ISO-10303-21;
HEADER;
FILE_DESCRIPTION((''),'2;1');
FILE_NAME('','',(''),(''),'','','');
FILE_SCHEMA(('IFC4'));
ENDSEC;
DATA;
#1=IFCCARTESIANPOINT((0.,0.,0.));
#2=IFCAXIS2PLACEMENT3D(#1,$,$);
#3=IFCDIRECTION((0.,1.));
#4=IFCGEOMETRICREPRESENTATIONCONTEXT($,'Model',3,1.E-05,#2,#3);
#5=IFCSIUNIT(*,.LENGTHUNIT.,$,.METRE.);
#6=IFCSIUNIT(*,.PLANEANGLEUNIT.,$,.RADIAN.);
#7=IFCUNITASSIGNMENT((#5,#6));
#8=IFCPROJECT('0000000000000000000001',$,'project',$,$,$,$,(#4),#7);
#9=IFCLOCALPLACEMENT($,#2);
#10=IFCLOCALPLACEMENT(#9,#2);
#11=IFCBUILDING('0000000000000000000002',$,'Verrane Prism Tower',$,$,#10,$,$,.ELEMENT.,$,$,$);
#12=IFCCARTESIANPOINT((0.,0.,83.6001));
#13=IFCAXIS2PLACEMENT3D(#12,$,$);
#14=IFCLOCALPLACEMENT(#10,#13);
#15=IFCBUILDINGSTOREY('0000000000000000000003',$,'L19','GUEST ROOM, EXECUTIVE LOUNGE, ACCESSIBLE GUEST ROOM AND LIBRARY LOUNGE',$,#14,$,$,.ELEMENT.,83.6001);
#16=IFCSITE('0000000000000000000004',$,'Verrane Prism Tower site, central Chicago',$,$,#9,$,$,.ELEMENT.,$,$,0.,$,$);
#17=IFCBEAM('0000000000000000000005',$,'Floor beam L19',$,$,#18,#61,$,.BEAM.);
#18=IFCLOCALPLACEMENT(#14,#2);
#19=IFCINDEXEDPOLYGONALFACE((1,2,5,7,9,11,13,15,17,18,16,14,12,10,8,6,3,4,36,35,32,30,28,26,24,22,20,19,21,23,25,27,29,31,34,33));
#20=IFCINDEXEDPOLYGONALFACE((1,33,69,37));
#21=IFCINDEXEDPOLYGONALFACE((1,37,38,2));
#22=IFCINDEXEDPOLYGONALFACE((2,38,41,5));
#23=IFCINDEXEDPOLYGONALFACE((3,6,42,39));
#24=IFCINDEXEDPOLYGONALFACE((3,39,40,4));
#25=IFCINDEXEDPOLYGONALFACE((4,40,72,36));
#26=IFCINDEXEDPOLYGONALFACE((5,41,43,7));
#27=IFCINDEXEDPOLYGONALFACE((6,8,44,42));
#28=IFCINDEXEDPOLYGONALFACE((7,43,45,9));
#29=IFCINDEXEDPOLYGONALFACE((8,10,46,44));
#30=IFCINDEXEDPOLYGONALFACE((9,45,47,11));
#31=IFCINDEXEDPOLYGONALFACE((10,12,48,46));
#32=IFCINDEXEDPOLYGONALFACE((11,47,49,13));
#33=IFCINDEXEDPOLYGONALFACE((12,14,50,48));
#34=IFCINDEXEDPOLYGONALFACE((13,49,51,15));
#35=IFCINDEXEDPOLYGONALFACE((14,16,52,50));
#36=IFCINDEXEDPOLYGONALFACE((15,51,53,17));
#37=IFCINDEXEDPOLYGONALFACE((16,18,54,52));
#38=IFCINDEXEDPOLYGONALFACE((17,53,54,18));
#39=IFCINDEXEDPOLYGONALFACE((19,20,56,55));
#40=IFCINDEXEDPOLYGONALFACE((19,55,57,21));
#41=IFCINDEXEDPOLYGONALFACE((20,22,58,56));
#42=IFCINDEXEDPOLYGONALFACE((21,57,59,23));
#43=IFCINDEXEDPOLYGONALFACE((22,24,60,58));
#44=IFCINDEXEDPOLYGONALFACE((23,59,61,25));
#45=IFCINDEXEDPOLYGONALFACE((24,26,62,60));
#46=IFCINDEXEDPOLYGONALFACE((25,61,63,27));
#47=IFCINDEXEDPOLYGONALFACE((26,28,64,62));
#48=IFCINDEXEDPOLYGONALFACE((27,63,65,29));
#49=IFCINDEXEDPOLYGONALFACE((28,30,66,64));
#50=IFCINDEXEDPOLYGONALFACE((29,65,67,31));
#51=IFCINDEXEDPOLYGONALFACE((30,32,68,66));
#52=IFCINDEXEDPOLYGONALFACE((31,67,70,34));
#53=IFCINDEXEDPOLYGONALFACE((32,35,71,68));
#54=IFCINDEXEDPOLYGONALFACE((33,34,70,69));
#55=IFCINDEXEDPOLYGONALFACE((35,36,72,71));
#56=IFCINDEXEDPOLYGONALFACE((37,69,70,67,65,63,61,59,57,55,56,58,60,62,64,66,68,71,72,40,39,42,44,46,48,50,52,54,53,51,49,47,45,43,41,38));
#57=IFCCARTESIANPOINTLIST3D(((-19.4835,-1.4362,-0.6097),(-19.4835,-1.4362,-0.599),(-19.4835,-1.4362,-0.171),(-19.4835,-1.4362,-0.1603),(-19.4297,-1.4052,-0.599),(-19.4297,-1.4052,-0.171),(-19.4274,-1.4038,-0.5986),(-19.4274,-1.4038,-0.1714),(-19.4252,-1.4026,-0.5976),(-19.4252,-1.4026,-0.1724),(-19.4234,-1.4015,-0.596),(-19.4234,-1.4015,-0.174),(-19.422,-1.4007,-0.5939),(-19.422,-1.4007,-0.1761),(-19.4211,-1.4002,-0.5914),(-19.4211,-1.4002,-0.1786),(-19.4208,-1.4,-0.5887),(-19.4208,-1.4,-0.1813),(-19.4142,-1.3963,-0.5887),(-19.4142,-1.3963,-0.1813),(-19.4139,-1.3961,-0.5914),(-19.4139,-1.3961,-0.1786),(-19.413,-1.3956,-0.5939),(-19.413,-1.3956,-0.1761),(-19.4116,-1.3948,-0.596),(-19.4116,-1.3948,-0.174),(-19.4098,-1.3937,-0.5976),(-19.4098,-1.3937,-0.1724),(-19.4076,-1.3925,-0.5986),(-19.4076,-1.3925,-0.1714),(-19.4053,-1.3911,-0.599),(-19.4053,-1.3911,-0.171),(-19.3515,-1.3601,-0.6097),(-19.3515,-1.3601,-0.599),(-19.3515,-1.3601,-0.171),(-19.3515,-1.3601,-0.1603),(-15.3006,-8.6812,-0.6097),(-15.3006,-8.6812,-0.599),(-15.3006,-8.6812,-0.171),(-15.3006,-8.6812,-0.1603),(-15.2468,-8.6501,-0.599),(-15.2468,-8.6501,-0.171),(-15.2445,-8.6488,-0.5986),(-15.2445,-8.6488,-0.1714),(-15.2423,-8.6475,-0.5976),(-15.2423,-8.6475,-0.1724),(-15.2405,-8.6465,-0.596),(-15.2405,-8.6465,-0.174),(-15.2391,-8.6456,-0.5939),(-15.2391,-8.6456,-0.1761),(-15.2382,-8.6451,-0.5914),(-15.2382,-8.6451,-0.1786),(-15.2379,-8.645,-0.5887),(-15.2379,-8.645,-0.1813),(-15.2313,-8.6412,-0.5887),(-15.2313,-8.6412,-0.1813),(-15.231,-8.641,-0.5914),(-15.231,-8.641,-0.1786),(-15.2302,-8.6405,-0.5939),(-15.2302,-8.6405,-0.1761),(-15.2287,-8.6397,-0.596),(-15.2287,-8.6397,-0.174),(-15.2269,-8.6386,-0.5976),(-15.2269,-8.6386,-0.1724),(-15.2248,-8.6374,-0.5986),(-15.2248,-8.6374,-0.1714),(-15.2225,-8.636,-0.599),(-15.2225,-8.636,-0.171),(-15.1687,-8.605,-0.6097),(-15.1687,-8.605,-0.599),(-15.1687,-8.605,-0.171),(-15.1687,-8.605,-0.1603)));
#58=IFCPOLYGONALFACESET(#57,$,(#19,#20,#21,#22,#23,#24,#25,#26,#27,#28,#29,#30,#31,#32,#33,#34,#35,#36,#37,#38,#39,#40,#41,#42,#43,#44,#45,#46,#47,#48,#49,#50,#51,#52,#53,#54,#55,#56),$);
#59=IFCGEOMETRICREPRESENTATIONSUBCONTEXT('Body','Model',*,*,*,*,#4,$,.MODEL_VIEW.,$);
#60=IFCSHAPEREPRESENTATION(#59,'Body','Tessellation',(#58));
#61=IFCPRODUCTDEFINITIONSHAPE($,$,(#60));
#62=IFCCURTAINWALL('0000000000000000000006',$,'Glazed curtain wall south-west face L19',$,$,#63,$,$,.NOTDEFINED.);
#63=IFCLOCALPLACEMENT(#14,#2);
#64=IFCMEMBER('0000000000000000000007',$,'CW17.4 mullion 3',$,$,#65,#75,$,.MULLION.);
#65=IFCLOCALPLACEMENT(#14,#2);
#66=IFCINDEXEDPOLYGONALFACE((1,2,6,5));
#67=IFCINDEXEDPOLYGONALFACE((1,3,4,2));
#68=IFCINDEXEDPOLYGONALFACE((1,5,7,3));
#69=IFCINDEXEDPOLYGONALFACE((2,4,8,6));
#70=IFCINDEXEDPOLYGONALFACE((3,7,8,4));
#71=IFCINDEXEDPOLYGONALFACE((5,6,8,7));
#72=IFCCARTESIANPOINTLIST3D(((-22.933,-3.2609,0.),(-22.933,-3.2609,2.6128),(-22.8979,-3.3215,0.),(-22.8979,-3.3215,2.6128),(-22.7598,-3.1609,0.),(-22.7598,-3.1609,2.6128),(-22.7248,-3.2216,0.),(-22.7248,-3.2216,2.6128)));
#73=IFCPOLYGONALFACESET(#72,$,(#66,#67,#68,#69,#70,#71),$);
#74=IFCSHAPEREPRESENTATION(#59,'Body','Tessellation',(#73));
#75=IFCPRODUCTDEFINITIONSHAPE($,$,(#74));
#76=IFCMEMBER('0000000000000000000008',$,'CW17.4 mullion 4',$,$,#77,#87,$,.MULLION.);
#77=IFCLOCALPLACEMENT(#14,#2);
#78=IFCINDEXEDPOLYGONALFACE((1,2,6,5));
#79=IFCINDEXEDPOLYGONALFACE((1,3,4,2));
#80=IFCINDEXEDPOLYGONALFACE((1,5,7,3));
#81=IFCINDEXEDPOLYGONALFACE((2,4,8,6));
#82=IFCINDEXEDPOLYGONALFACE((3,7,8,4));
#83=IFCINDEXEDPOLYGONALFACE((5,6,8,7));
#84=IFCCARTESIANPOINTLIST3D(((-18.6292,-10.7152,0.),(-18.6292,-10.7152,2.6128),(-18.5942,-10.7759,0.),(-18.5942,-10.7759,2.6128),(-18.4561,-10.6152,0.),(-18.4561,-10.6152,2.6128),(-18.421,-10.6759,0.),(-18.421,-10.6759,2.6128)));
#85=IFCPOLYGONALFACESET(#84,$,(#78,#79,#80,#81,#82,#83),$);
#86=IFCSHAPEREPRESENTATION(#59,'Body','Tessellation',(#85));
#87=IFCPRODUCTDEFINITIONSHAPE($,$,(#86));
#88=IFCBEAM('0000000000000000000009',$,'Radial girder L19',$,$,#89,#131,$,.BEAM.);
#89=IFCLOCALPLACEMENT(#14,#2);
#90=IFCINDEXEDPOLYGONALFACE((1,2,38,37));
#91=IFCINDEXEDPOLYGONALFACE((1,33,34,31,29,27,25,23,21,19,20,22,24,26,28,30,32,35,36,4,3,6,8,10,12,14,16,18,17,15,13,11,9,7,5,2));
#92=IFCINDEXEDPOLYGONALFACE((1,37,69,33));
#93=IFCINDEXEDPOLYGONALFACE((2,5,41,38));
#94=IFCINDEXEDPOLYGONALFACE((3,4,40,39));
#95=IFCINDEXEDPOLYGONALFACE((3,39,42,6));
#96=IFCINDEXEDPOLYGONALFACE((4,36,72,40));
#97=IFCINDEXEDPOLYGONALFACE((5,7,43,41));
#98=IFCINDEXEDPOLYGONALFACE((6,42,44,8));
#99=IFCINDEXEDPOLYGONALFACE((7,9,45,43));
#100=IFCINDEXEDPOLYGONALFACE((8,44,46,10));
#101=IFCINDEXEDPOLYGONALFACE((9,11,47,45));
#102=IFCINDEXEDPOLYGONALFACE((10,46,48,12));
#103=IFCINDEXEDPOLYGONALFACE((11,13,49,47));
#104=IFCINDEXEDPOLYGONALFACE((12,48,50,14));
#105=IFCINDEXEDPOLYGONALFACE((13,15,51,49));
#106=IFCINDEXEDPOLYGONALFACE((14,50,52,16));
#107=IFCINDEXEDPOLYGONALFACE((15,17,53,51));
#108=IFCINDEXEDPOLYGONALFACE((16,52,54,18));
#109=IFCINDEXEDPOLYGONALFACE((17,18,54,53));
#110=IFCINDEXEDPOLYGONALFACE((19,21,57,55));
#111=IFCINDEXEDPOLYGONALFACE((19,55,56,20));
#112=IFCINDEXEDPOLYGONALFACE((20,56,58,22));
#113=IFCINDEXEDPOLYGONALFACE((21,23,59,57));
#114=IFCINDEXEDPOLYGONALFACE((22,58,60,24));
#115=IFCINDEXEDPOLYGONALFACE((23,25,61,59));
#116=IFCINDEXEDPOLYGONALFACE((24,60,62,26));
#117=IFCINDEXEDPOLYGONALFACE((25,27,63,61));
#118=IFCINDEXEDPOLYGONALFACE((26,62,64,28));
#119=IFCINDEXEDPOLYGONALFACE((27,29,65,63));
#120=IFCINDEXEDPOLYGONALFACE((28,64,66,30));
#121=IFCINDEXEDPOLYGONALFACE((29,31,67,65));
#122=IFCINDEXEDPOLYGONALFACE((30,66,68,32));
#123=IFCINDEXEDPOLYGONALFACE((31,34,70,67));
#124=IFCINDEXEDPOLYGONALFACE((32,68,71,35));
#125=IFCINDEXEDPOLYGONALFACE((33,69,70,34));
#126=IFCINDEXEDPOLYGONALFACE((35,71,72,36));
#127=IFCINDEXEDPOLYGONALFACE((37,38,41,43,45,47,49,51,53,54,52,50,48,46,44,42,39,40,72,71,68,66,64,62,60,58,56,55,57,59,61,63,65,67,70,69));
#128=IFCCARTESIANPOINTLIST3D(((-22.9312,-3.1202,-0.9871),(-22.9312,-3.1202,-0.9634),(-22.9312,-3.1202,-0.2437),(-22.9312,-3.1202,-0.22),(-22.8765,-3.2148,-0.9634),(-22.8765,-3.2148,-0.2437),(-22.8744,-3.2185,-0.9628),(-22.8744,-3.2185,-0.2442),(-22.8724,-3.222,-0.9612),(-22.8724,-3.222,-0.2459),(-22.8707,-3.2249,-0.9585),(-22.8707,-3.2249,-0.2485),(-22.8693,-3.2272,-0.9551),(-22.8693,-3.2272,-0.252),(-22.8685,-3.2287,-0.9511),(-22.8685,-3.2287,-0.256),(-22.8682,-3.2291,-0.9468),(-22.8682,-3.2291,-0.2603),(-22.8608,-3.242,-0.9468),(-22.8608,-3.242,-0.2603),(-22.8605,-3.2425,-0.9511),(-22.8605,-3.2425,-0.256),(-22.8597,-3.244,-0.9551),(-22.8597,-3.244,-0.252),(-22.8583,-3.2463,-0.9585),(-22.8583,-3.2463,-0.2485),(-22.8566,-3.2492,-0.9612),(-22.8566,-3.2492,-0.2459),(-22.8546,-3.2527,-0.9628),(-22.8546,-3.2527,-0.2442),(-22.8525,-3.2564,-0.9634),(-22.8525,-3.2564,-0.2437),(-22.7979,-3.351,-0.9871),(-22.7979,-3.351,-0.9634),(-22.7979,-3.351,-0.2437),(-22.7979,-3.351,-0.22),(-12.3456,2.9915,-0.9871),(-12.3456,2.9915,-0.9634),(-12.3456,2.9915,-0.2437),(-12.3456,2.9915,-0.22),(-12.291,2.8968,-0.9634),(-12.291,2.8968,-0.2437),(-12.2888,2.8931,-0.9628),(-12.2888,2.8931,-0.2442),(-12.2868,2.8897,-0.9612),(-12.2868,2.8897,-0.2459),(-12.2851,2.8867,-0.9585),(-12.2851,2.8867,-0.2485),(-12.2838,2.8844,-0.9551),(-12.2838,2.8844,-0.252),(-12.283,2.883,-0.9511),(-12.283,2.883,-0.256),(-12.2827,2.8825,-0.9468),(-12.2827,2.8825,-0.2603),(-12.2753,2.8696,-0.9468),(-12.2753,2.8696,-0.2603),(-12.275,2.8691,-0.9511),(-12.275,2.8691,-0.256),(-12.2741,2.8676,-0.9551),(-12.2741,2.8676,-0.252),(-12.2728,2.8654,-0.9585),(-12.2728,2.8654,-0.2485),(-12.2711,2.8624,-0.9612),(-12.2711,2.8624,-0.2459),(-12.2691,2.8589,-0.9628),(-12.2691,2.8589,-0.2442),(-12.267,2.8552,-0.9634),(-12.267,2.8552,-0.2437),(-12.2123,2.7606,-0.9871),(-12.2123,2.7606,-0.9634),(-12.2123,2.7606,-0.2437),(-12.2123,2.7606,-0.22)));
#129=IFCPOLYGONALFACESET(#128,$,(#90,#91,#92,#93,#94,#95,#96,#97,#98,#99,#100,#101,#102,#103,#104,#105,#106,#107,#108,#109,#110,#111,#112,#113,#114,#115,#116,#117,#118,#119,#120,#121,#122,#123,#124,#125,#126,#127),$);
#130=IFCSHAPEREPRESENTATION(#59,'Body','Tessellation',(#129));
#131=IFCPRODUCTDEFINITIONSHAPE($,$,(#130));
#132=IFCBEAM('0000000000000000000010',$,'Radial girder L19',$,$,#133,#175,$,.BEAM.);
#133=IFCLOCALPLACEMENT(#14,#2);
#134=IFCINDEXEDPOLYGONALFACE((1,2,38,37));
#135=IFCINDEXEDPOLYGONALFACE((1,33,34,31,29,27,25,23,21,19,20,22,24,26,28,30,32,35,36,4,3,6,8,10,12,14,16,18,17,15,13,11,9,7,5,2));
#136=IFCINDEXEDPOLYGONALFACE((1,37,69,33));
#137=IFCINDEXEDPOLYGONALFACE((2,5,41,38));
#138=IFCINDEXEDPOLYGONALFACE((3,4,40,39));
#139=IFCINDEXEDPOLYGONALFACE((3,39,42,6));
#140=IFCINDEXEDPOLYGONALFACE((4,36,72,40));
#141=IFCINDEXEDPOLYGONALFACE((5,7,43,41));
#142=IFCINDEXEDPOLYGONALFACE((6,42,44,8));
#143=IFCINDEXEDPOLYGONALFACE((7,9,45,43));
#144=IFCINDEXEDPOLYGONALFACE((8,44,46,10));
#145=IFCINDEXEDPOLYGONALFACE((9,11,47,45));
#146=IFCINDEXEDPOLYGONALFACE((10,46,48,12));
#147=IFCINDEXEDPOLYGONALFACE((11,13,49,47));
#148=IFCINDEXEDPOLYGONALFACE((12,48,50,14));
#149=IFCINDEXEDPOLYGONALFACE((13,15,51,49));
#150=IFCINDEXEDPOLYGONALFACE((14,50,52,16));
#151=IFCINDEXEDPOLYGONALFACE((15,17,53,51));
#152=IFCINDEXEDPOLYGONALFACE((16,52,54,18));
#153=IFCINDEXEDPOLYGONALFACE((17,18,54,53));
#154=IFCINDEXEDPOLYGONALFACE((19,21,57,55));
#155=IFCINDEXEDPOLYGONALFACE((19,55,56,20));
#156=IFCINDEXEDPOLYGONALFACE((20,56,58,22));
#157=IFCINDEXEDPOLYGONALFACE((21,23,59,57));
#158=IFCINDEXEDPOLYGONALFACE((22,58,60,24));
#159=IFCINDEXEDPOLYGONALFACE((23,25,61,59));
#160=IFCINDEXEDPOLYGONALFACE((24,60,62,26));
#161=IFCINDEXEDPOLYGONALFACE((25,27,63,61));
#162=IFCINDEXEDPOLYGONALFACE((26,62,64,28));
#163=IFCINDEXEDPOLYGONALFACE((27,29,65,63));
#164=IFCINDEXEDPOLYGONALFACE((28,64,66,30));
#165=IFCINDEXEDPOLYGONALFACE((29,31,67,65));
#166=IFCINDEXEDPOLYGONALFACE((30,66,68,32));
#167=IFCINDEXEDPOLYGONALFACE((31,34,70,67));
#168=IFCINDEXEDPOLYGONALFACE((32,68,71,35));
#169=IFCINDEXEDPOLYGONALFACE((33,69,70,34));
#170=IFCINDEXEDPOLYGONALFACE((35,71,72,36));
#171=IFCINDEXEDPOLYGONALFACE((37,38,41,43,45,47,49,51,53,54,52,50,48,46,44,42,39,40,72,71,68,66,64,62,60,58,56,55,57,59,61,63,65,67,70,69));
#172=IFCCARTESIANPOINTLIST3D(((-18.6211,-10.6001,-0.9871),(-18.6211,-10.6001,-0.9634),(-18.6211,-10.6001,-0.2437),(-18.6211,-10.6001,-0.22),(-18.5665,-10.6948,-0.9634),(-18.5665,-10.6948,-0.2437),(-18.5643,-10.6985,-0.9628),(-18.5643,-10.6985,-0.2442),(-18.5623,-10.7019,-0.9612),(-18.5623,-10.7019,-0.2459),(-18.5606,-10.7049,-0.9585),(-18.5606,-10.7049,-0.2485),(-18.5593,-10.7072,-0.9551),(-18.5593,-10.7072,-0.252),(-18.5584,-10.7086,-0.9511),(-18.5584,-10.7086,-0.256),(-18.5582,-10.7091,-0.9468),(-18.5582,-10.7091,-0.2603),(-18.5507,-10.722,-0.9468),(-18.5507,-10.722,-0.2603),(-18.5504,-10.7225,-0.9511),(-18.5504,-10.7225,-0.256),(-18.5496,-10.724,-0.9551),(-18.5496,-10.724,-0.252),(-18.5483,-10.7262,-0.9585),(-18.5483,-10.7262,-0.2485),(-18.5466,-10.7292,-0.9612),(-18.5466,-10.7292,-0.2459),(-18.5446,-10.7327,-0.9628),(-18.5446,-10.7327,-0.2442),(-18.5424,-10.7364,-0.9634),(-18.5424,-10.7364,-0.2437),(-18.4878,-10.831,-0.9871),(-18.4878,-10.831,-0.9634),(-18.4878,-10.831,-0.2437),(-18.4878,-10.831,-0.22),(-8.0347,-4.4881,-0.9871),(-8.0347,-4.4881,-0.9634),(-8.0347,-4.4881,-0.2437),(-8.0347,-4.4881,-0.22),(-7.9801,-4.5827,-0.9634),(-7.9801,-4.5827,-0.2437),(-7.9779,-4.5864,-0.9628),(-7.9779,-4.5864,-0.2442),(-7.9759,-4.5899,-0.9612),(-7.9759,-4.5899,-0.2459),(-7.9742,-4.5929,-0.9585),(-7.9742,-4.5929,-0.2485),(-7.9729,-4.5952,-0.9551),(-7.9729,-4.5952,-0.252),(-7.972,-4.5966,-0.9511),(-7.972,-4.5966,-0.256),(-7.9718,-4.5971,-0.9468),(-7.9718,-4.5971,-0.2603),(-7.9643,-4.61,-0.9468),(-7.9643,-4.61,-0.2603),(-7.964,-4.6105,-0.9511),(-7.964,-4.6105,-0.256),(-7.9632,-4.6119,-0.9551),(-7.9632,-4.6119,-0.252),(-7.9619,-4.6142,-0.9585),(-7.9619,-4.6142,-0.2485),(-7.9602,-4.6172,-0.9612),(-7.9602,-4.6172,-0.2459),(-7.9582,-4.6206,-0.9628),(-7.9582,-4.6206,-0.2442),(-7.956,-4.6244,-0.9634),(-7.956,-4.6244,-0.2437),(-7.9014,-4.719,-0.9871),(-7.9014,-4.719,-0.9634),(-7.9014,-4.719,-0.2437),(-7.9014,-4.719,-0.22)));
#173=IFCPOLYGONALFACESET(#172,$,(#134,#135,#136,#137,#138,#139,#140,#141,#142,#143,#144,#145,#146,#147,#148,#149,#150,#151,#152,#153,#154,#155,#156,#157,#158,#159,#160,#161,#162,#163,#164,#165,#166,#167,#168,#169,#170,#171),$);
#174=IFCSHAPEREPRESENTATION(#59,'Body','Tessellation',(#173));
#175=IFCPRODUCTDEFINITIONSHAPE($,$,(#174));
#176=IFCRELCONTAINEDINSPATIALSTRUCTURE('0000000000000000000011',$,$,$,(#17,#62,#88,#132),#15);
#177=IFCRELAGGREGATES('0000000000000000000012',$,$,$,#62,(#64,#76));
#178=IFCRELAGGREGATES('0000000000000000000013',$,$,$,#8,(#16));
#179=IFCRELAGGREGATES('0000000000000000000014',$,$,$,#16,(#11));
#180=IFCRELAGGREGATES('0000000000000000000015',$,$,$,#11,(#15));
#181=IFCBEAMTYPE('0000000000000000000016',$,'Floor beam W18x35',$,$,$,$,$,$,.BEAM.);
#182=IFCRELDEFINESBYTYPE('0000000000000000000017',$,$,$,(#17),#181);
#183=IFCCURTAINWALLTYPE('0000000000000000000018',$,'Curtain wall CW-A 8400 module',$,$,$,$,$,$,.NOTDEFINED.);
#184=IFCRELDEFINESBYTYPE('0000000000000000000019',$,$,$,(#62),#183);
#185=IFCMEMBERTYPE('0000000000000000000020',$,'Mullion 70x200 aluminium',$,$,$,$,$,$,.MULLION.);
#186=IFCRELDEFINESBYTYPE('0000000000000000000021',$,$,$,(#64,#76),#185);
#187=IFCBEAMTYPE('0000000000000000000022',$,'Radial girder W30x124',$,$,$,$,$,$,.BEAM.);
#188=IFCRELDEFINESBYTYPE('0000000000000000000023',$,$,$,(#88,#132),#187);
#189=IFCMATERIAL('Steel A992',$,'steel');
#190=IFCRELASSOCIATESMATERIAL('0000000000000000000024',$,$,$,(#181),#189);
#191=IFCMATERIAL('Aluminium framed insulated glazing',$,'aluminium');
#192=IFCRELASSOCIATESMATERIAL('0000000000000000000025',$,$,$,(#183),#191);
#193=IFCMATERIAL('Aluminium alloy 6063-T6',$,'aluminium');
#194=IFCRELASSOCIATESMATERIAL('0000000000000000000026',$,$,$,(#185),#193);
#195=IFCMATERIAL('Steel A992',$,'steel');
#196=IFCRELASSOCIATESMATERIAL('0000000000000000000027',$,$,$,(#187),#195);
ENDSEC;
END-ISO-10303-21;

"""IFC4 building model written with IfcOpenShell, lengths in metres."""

from ifc_helpers import new_model, si_unit, direction, frame, origin, origin_2d, place, context, subcontext, project, spatial, rectangle, i_section, extrude, material, material_profile, profile_set, type_object, element, aggregate, save


model = new_model("IFC4")

# Units and contexts
model_context = context("Model", 3, precision=1e-05, world=origin(), true_north=direction((0.0, 1.0)))
body_context = subcontext(model_context, "Body", "Model", "MODEL_VIEW")
ifc_project = project(units=[si_unit("LENGTHUNIT", "METRE"), si_unit("PLANEANGLEUNIT", "RADIAN")], contexts=[model_context])

# Site, building, storey
site_placement = place(None, origin())
site = spatial("IfcSite", under=ifc_project, at=site_placement, Name="Verrane Prism Tower site, central Chicago", CompositionType="ELEMENT", RefElevation=0.0)
building_placement = place(site_placement, origin())
building = spatial("IfcBuilding", under=site, at=building_placement, Name="Verrane Prism Tower", CompositionType="ELEMENT")
storey_placement = place(building_placement, frame((0.0, 0.0, 83.6001)))
storey = spatial("IfcBuildingStorey", under=building, at=storey_placement, Name="L19", Description="GUEST ROOM, EXECUTIVE LOUNGE, ACCESSIBLE GUEST ROOM AND LIBRARY LOUNGE", CompositionType="ELEMENT", Elevation=83.6001)

# Beam
ifc_material_1 = material(Name="Steel A992", Category="steel")
ifc_material_profile_1 = material_profile(ifc_material_1, i_section(OverallWidth=0.1523, OverallDepth=0.4495, WebThickness=0.0076, FlangeThickness=0.0107, FilletRadius=0.0103, at=origin_2d()), Name="W18x35")
ifc_profile_set_1 = profile_set([ifc_material_profile_1], Name="Steel A992")
beam_type_1 = type_object("IfcBeamType", Name="Floor beam W18x35", PredefinedType="BEAM", material=ifc_profile_set_1)
beam_1_placement = place(storey_placement, frame((-15.2346, -8.6431, -0.385), z_axis=(-0.500003, 0.866024, 0.0), x_axis=(-0.866024, -0.500003, 0.0)))
element("IfcBeam", 1, at=beam_1_placement, inside=storey, type_object=beam_type_1, Name="Floor beam L19", PredefinedType="BEAM", context=body_context, shape_type="SweptSolid", body=[
    extrude(i_section(OverallWidth=0.1523, OverallDepth=0.4495, WebThickness=0.0076, FlangeThickness=0.0107, FilletRadius=0.0103, at=origin_2d()), origin(), (0.0, 0.0, 1.0), 8.3657),
])

# Curtain wall, members
ifc_material_2 = material(Name="Aluminium framed insulated glazing", Category="aluminium")
curtain_wall_type = type_object("IfcCurtainWallType", Name="Curtain wall CW-A 8400 module", PredefinedType="NOTDEFINED", material=ifc_material_2)
curtain_wall_placement = place(storey_placement, origin())
curtain_wall = element("IfcCurtainWall", 2, at=curtain_wall_placement, inside=storey, type_object=curtain_wall_type, Name="Glazed curtain wall south-west face L19", PredefinedType="NOTDEFINED")
ifc_material_3 = material(Name="Aluminium alloy 6063-T6", Category="aluminium")
ifc_material_profile_2 = material_profile(ifc_material_3, rectangle(XDim=0.2, YDim=0.0701, at=origin_2d()), Name="Mullion 70x200 aluminium")
ifc_profile_set_2 = profile_set([ifc_material_profile_2], Name="Aluminium alloy 6063-T6")
member_type_1 = type_object("IfcMemberType", Name="Mullion 70x200 aluminium", PredefinedType="MULLION", material=ifc_profile_set_2)
member_1_placement = place(storey_placement, frame((-22.8289, -3.2412, 0.0), z_axis=(0.0, 0.0, 1.0), x_axis=(0.866026, 0.499999, 0.0)))
member_1 = element("IfcMember", 3, at=member_1_placement, type_object=member_type_1, Name="CW17.4 mullion 3", PredefinedType="MULLION", context=body_context, shape_type="SweptSolid", body=[
    extrude(rectangle(XDim=0.2, YDim=0.0701, at=origin_2d()), origin(), (0.0, 0.0, 1.0), 2.6128),
])
member_2_placement = place(storey_placement, frame((-18.5251, -10.6956, 0.0), z_axis=(0.0, 0.0, 1.0), x_axis=(0.866026, 0.499999, 0.0)))
member_2 = element("IfcMember", 4, at=member_2_placement, type_object=member_type_1, Name="CW17.4 mullion 4", PredefinedType="MULLION", context=body_context, shape_type="SweptSolid", body=[
    extrude(rectangle(XDim=0.2, YDim=0.0701, at=origin_2d()), origin(), (0.0, 0.0, 1.0), 2.6128),
])

# Beams
ifc_material_4 = material(Name="Steel A992", Category="steel")
ifc_material_profile_3 = material_profile(ifc_material_4, i_section(OverallWidth=0.2666, OverallDepth=0.7671, WebThickness=0.0149, FlangeThickness=0.0237, FilletRadius=0.0166, at=origin_2d()), Name="W30x124")
ifc_profile_set_3 = profile_set([ifc_material_profile_3], Name="Steel A992")
beam_type_2 = type_object("IfcBeamType", Name="Radial girder W30x124", PredefinedType="BEAM", material=ifc_profile_set_3)
beam_2_placement = place(storey_placement, frame((-22.8645, -3.2356, -0.6035), z_axis=(0.866023, 0.500004, 0.0), x_axis=(-0.500004, 0.866023, 0.0)))
element("IfcBeam", 5, at=beam_2_placement, inside=storey, type_object=beam_type_2, Name="Radial girder L19", PredefinedType="BEAM", context=body_context, shape_type="SweptSolid", body=[
    extrude(i_section(OverallWidth=0.2666, OverallDepth=0.7671, WebThickness=0.0149, FlangeThickness=0.0237, FilletRadius=0.0166, at=origin_2d()), origin(), (0.0, 0.0, 1.0), 12.2231),
])
beam_3_placement = place(storey_placement, frame((-18.5544, -10.7156, -0.6035), z_axis=(0.866026, 0.499999, 0.0), x_axis=(-0.499999, 0.866026, 0.0)))
element("IfcBeam", 6, at=beam_3_placement, inside=storey, type_object=beam_type_2, Name="Radial girder L19", PredefinedType="BEAM", context=body_context, shape_type="SweptSolid", body=[
    extrude(i_section(OverallWidth=0.2666, OverallDepth=0.7671, WebThickness=0.0149, FlangeThickness=0.0237, FilletRadius=0.0166, at=origin_2d()), origin(), (0.0, 0.0, 1.0), 12.2241),
])

aggregate(curtain_wall, [member_1, member_2])

save(model, "model.ifc")
